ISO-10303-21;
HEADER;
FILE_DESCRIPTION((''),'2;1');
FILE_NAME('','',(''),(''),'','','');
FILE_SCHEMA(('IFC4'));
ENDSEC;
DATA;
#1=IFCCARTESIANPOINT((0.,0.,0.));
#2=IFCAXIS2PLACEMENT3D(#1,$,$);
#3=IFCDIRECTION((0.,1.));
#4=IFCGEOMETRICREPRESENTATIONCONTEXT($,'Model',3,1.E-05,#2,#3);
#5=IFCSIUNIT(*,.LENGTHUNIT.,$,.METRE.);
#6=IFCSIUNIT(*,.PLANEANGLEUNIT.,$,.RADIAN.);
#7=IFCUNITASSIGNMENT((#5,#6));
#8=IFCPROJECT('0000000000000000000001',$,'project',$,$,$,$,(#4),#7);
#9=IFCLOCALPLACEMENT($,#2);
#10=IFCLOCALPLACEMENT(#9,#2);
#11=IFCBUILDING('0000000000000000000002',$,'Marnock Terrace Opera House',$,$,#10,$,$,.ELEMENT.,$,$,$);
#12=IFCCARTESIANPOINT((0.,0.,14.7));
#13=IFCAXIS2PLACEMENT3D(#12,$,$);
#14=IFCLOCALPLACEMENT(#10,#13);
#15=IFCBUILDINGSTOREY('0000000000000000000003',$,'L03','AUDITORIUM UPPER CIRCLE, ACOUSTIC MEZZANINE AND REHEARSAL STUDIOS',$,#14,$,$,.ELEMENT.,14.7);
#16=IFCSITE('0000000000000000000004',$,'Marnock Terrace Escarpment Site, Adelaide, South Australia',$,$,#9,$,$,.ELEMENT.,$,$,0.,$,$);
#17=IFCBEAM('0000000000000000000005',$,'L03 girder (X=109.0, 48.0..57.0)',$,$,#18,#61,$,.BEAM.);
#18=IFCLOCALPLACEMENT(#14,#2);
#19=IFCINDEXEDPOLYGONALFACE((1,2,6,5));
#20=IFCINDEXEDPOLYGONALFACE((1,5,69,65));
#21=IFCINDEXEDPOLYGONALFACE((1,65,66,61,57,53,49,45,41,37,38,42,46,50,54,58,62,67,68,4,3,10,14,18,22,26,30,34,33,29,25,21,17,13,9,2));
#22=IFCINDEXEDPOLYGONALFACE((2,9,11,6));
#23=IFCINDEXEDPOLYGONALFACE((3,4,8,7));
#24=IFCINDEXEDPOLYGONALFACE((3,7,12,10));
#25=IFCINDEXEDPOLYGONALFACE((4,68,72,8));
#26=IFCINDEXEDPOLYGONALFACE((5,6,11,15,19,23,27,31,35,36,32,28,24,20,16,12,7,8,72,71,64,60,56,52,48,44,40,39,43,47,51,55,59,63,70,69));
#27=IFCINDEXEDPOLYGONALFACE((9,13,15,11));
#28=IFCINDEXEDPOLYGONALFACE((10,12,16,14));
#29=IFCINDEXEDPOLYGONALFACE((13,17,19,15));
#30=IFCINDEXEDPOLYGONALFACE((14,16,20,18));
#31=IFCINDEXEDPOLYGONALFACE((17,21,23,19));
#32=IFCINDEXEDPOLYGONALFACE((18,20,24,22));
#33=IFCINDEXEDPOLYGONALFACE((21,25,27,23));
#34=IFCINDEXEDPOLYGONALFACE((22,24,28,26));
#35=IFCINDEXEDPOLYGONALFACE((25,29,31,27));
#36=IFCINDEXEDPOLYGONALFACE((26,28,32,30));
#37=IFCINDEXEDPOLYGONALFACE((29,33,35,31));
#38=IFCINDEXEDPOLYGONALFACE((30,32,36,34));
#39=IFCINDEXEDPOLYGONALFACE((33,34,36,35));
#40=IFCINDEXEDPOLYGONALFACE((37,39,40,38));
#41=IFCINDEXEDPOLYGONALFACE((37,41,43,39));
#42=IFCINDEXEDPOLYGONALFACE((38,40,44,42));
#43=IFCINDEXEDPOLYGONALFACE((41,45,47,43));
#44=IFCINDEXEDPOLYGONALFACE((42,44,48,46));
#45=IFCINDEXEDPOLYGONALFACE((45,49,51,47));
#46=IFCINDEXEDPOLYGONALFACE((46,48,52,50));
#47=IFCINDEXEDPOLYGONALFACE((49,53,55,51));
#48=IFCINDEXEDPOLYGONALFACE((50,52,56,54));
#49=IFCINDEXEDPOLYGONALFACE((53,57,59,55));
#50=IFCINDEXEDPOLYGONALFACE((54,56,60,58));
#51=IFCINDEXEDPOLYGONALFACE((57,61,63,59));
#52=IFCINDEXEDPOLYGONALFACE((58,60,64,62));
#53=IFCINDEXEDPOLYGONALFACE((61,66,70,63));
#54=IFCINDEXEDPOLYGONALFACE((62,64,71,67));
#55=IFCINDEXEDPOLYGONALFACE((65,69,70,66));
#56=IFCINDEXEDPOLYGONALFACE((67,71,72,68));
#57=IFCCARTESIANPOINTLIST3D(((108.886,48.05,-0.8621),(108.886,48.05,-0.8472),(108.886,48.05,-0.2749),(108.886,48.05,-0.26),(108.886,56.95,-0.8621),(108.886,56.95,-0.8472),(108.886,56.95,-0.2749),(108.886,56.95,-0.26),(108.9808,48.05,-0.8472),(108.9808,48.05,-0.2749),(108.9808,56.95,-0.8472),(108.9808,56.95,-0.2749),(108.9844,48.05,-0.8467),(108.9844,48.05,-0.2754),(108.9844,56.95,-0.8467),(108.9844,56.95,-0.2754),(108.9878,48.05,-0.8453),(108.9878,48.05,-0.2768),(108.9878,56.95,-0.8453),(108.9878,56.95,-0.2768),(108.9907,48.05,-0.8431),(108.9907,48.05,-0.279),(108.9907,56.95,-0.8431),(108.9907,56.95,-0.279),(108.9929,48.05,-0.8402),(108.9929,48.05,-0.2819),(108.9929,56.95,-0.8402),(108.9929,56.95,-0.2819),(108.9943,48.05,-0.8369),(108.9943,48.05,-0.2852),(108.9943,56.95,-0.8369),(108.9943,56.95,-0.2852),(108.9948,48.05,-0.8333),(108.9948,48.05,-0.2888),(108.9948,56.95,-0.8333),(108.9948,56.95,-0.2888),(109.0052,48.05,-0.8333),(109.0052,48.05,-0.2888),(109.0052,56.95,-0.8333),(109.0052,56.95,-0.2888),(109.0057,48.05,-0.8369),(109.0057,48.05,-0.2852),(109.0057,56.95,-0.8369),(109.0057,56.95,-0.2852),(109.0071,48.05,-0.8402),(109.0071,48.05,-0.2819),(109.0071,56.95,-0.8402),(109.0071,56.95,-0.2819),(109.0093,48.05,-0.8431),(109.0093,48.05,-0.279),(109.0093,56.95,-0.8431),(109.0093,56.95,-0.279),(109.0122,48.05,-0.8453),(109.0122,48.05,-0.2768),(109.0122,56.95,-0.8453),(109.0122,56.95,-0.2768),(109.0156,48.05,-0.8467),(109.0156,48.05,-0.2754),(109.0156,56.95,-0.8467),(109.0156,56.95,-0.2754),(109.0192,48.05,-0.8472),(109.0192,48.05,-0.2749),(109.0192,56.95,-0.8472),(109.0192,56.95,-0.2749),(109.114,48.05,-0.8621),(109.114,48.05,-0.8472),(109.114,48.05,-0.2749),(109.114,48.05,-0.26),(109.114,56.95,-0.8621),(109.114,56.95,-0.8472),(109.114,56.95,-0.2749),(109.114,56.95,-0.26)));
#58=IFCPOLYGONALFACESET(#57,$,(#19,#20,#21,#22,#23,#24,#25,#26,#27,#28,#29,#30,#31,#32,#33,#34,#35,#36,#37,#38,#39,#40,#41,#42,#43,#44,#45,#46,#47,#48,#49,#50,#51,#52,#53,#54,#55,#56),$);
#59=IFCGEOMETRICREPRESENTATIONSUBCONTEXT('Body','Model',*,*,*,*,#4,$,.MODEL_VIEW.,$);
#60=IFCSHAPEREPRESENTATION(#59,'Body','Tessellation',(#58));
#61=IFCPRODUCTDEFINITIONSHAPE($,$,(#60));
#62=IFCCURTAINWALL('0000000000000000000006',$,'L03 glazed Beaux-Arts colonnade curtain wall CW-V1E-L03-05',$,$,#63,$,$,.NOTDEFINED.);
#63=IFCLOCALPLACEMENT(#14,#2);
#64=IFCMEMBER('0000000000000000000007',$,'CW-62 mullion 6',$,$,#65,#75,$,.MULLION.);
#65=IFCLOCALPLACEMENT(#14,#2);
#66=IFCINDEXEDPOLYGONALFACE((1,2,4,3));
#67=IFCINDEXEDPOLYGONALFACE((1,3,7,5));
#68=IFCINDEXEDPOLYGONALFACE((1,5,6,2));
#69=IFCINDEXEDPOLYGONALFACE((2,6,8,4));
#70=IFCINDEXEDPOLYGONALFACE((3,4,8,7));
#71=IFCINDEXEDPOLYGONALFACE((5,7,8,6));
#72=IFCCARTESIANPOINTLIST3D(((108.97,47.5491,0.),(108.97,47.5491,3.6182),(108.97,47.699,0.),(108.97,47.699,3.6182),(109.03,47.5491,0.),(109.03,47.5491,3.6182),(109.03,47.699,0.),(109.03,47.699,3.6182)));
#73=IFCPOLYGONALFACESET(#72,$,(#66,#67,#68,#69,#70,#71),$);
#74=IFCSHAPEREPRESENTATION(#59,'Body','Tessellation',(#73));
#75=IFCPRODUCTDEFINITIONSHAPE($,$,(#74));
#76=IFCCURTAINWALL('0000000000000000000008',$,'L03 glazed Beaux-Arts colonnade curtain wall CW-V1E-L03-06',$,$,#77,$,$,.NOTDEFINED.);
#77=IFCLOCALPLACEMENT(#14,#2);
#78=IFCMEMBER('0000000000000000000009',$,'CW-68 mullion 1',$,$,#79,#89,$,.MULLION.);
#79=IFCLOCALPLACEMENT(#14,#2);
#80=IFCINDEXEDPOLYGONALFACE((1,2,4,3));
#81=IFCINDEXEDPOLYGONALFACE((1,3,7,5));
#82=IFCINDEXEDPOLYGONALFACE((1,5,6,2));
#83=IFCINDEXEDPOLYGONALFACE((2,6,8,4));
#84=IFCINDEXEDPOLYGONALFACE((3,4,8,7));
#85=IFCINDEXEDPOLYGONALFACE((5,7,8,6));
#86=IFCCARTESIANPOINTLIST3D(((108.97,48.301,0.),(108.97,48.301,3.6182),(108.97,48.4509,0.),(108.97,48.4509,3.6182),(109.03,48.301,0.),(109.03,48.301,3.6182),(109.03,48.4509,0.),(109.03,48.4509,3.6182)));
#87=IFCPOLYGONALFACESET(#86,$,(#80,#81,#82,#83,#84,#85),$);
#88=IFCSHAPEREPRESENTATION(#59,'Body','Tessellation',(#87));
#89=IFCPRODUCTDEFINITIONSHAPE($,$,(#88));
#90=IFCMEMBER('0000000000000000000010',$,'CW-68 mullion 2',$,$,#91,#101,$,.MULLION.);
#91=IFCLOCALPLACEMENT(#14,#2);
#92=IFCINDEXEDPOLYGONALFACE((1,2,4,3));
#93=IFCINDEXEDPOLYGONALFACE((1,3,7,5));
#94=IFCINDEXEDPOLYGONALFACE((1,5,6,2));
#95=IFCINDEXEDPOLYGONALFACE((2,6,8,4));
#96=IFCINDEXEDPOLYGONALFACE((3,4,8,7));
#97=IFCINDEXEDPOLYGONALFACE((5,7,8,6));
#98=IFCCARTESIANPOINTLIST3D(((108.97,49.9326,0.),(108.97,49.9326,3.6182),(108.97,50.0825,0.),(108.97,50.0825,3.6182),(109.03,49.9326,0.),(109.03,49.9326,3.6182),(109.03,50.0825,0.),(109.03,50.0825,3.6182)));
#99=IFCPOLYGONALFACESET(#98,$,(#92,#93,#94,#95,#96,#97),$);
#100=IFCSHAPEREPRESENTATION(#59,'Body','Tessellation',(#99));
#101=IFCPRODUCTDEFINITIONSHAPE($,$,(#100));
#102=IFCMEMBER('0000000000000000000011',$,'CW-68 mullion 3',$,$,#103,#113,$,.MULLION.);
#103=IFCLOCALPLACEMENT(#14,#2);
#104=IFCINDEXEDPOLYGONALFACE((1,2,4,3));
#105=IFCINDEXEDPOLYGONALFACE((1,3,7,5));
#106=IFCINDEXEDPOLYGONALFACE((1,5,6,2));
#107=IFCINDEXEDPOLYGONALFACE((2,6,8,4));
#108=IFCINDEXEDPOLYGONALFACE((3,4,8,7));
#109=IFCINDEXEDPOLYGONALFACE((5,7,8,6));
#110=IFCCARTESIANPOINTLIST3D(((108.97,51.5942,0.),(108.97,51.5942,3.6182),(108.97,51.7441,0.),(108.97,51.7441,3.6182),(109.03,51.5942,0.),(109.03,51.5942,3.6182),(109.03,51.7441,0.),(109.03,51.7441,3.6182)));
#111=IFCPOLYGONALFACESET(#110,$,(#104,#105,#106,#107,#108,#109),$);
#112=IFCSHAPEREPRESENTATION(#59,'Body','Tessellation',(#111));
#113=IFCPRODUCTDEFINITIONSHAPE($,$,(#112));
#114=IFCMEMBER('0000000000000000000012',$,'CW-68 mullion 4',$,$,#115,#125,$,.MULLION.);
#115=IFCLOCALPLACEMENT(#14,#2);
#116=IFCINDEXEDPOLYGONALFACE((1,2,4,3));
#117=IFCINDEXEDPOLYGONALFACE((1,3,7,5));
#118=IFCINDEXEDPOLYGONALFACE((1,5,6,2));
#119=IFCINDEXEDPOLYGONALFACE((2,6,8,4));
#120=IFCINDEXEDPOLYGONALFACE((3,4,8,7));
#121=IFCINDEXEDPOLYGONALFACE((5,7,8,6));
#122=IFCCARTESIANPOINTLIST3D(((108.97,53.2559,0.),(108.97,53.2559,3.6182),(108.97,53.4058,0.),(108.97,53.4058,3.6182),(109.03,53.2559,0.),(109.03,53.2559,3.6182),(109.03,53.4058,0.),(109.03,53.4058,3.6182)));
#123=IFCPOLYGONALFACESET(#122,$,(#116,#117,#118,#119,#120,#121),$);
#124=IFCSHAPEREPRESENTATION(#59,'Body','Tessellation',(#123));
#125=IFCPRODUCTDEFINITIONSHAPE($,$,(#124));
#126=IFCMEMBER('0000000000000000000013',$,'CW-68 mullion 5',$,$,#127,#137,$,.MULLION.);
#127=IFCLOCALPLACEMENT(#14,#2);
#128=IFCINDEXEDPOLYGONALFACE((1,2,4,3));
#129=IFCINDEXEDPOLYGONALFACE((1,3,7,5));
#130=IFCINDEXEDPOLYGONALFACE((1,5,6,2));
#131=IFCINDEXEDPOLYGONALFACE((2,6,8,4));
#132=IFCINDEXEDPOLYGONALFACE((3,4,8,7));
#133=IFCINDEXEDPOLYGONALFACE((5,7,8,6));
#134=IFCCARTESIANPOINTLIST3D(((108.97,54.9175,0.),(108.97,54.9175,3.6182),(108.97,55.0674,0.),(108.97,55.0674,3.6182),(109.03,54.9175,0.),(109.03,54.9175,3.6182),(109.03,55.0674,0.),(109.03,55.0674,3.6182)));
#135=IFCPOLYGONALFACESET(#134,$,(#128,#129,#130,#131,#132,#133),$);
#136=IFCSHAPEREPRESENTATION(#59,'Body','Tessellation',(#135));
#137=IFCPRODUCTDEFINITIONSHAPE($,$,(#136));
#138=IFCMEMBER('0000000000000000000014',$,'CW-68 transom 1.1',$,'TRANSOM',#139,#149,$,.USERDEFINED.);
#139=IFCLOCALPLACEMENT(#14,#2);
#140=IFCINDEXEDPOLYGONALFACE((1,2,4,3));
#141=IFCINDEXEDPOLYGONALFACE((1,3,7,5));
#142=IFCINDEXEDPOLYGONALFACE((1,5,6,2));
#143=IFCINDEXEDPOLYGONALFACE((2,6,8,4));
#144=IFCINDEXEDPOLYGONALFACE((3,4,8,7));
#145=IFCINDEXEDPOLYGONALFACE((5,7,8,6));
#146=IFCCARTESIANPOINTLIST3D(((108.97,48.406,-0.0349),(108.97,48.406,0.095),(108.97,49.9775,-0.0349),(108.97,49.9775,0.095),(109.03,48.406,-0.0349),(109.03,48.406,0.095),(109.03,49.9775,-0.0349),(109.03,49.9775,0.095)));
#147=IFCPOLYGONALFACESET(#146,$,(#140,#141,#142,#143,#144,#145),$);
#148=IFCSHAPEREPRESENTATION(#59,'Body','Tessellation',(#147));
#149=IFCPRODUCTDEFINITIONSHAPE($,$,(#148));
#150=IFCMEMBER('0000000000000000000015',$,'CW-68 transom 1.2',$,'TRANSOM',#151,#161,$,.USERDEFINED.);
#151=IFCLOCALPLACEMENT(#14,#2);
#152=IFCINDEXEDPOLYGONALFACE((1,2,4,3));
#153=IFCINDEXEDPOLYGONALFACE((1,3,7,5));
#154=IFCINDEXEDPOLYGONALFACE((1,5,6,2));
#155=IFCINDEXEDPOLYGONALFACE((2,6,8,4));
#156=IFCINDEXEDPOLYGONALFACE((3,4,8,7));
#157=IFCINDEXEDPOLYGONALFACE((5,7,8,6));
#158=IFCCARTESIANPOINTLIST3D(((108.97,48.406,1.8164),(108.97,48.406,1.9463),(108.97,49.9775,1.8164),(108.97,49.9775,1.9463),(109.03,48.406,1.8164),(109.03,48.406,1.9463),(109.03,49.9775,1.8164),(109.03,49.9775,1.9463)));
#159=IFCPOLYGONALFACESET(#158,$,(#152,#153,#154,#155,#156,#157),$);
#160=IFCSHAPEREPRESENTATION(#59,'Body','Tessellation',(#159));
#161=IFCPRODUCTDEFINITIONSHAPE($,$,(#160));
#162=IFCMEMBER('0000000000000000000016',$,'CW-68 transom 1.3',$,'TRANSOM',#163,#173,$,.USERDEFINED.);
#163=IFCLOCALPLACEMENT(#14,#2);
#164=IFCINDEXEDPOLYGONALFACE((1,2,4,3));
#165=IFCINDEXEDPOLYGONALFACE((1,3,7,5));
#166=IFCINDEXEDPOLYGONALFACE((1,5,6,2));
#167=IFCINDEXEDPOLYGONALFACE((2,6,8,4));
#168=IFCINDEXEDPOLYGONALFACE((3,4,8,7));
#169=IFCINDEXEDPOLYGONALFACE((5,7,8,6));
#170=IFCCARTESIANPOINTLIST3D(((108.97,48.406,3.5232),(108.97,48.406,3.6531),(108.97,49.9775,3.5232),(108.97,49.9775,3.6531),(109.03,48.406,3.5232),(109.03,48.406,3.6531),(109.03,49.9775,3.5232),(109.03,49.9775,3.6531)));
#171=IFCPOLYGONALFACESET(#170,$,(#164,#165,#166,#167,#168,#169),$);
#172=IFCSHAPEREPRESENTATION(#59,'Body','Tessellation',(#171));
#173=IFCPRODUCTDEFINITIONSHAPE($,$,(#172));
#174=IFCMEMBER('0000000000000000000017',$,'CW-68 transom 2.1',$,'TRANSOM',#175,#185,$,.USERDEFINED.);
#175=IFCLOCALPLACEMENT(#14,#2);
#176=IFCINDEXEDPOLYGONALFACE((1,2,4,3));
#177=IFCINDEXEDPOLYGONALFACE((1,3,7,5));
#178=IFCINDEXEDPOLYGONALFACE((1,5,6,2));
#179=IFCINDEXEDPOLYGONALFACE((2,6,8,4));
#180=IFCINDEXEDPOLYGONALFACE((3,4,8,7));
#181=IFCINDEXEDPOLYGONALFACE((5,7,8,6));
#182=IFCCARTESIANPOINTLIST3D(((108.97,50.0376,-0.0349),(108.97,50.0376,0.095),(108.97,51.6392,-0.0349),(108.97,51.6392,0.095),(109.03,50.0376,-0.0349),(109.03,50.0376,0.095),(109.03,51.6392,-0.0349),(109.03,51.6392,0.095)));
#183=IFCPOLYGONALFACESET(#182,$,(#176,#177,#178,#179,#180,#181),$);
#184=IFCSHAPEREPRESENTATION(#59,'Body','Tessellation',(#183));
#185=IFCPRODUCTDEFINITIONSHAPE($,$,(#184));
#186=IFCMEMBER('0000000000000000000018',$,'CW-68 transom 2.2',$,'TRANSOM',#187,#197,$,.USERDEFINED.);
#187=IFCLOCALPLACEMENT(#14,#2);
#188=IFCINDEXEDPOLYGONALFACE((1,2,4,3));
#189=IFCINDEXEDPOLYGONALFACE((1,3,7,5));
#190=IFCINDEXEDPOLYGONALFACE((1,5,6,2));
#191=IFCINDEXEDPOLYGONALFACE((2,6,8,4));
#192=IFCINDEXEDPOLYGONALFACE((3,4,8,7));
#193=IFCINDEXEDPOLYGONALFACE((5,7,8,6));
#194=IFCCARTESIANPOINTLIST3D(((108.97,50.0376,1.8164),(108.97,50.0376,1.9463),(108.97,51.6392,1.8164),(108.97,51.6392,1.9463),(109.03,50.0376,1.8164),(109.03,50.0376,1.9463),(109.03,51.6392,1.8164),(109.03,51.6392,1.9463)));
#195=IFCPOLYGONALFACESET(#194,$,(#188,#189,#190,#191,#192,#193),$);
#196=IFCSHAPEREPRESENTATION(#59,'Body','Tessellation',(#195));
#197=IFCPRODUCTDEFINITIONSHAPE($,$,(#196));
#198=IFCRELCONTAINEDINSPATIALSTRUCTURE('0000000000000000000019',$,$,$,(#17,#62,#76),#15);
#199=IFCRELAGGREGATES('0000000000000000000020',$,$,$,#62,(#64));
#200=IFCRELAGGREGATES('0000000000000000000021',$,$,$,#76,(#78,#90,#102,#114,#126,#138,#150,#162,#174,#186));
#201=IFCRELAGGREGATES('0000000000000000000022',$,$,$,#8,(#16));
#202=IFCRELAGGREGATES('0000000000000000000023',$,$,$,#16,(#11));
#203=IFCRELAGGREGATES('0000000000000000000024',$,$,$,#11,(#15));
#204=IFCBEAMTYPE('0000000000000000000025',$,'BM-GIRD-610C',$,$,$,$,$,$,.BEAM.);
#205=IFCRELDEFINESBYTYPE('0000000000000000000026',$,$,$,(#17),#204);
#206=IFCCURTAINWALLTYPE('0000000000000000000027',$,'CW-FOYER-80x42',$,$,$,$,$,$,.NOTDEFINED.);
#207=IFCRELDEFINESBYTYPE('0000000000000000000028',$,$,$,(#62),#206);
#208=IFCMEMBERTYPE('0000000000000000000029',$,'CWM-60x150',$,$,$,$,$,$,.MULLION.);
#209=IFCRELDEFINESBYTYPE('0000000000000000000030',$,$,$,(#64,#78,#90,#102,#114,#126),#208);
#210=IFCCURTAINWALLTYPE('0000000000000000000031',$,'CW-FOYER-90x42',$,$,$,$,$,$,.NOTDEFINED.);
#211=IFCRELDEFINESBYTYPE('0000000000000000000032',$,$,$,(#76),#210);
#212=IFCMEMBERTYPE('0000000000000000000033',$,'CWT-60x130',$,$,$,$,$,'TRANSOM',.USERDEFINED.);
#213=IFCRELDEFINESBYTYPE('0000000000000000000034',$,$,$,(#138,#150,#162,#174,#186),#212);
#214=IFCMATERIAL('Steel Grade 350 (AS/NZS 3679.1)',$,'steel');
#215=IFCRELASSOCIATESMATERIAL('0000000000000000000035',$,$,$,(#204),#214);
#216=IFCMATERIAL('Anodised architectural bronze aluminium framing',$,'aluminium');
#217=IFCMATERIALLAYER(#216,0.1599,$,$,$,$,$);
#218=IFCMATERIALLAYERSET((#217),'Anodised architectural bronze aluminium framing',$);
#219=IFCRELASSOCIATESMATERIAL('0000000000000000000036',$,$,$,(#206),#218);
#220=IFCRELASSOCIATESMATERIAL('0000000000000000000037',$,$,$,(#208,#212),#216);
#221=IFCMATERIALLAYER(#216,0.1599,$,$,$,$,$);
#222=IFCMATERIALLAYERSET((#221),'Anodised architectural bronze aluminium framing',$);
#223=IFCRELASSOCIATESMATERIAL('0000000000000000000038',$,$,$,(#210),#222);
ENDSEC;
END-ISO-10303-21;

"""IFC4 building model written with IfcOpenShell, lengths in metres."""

from ifc_helpers import new_model, si_unit, direction, frame, origin, origin_2d, place, context, subcontext, project, spatial, rectangle, i_section, extrude, material, layer, layer_set, material_profile, profile_set, type_object, element, aggregate, save


model = new_model("IFC4")

# Units and contexts
model_context = context("Model", 3, precision=1e-05, world=origin(), true_north=direction((0.0, 1.0)))
body_context = subcontext(model_context, "Body", "Model", "MODEL_VIEW")
ifc_project = project(units=[si_unit("LENGTHUNIT", "METRE"), si_unit("PLANEANGLEUNIT", "RADIAN")], contexts=[model_context])

# Site, building, storey
site_placement = place(None, origin())
site = spatial("IfcSite", under=ifc_project, at=site_placement, Name="Marnock Terrace Escarpment Site, Adelaide, South Australia", CompositionType="ELEMENT", RefElevation=0.0)
building_placement = place(site_placement, origin())
building = spatial("IfcBuilding", under=site, at=building_placement, Name="Marnock Terrace Opera House", CompositionType="ELEMENT")
storey_placement = place(building_placement, frame((0.0, 0.0, 14.7)))
storey = spatial("IfcBuildingStorey", under=building, at=storey_placement, Name="L03", Description="AUDITORIUM UPPER CIRCLE, ACOUSTIC MEZZANINE AND REHEARSAL STUDIOS", CompositionType="ELEMENT", Elevation=14.7)

# Beam
ifc_material_1 = material(Name="Steel Grade 350 (AS/NZS 3679.1)", Category="steel")
ifc_material_profile_1 = material_profile(ifc_material_1, i_section(OverallWidth=0.228, OverallDepth=0.6021, WebThickness=0.0105, FlangeThickness=0.0149, FilletRadius=0.0139, at=origin_2d()))
ifc_profile_set_1 = profile_set([ifc_material_profile_1], Name="Steel Grade 350 (AS/NZS 3679.1)")
beam_type = type_object("IfcBeamType", Name="BM-GIRD-610C", PredefinedType="BEAM", material=ifc_profile_set_1)
beam_placement = place(storey_placement, frame((109.0, 48.05, -0.561), z_axis=(0.0, 1.0, 0.0), x_axis=(-1.0, 0.0, 0.0)))
element("IfcBeam", 1, at=beam_placement, inside=storey, type_object=beam_type, Name="L03 girder (X=109.0, 48.0..57.0)", PredefinedType="BEAM", context=body_context, shape_type="SweptSolid", body=[
    extrude(i_section(OverallWidth=0.228, OverallDepth=0.6021, WebThickness=0.0105, FlangeThickness=0.0149, FilletRadius=0.0139, at=origin_2d()), origin(), (0.0, 0.0, 1.0), 8.8999),
])

# Curtain wall, member
ifc_material_2 = material(Name="Anodised architectural bronze aluminium framing", Category="aluminium")
ifc_layer_1 = layer(ifc_material_2, 0.1599)
ifc_layer_set_1 = layer_set([ifc_layer_1], Name="Anodised architectural bronze aluminium framing")
curtain_wall_type_1 = type_object("IfcCurtainWallType", Name="CW-FOYER-80x42", PredefinedType="NOTDEFINED", material=ifc_layer_set_1)
curtain_wall_1_placement = place(storey_placement, origin())
curtain_wall_1 = element("IfcCurtainWall", 2, at=curtain_wall_1_placement, inside=storey, type_object=curtain_wall_type_1, Name="L03 glazed Beaux-Arts colonnade curtain wall CW-V1E-L03-05", PredefinedType="NOTDEFINED")
ifc_material_profile_2 = material_profile(ifc_material_2, rectangle(XDim=0.0601, YDim=0.1499, at=origin_2d()))
ifc_profile_set_2 = profile_set([ifc_material_profile_2], Name="Anodised architectural bronze aluminium framing")
member_type_1 = type_object("IfcMemberType", Name="CWM-60x150", PredefinedType="MULLION", material=ifc_profile_set_2)
member_1_placement = place(storey_placement, frame((109.0, 47.624, 0.0), z_axis=(0.0, 0.0, 1.0), x_axis=(-1.0, 0.0, 0.0)))
member_1 = element("IfcMember", 3, at=member_1_placement, type_object=member_type_1, Name="CW-62 mullion 6", PredefinedType="MULLION", context=body_context, shape_type="SweptSolid", body=[
    extrude(rectangle(XDim=0.0601, YDim=0.1499, at=origin_2d()), origin(), (0.0, 0.0, 1.0), 3.6182),
])
aggregate(curtain_wall_1, [member_1])

# Curtain wall, members
ifc_layer_2 = layer(ifc_material_2, 0.1599)
ifc_layer_set_2 = layer_set([ifc_layer_2], Name="Anodised architectural bronze aluminium framing")
curtain_wall_type_2 = type_object("IfcCurtainWallType", Name="CW-FOYER-90x42", PredefinedType="NOTDEFINED", material=ifc_layer_set_2)
curtain_wall_2_placement = place(storey_placement, origin())
curtain_wall_2 = element("IfcCurtainWall", 4, at=curtain_wall_2_placement, inside=storey, type_object=curtain_wall_type_2, Name="L03 glazed Beaux-Arts colonnade curtain wall CW-V1E-L03-06", PredefinedType="NOTDEFINED")
member_2_placement = place(storey_placement, frame((109.0, 48.376, 0.0), z_axis=(0.0, 0.0, 1.0), x_axis=(-1.0, 0.0, 0.0)))
member_2 = element("IfcMember", 5, at=member_2_placement, type_object=member_type_1, Name="CW-68 mullion 1", PredefinedType="MULLION", context=body_context, shape_type="SweptSolid", body=[
    extrude(rectangle(XDim=0.0601, YDim=0.1499, at=origin_2d()), origin(), (0.0, 0.0, 1.0), 3.6182),
])
member_3_placement = place(storey_placement, frame((109.0, 50.0076, 0.0), z_axis=(0.0, 0.0, 1.0), x_axis=(-1.0, 0.0, 0.0)))
member_3 = element("IfcMember", 6, at=member_3_placement, type_object=member_type_1, Name="CW-68 mullion 2", PredefinedType="MULLION", context=body_context, shape_type="SweptSolid", body=[
    extrude(rectangle(XDim=0.0601, YDim=0.1499, at=origin_2d()), origin(), (0.0, 0.0, 1.0), 3.6182),
])
member_4_placement = place(storey_placement, frame((109.0, 51.6692, 0.0), z_axis=(0.0, 0.0, 1.0), x_axis=(-1.0, 0.0, 0.0)))
member_4 = element("IfcMember", 7, at=member_4_placement, type_object=member_type_1, Name="CW-68 mullion 3", PredefinedType="MULLION", context=body_context, shape_type="SweptSolid", body=[
    extrude(rectangle(XDim=0.0601, YDim=0.1499, at=origin_2d()), origin(), (0.0, 0.0, 1.0), 3.6182),
])
member_5_placement = place(storey_placement, frame((109.0, 53.3308, 0.0), z_axis=(0.0, 0.0, 1.0), x_axis=(-1.0, 0.0, 0.0)))
member_5 = element("IfcMember", 8, at=member_5_placement, type_object=member_type_1, Name="CW-68 mullion 4", PredefinedType="MULLION", context=body_context, shape_type="SweptSolid", body=[
    extrude(rectangle(XDim=0.0601, YDim=0.1499, at=origin_2d()), origin(), (0.0, 0.0, 1.0), 3.6182),
])
member_6_placement = place(storey_placement, frame((109.0, 54.9924, 0.0), z_axis=(0.0, 0.0, 1.0), x_axis=(-1.0, 0.0, 0.0)))
member_6 = element("IfcMember", 9, at=member_6_placement, type_object=member_type_1, Name="CW-68 mullion 5", PredefinedType="MULLION", context=body_context, shape_type="SweptSolid", body=[
    extrude(rectangle(XDim=0.0601, YDim=0.1499, at=origin_2d()), origin(), (0.0, 0.0, 1.0), 3.6182),
])
ifc_material_profile_3 = material_profile(ifc_material_2, rectangle(XDim=0.0601, YDim=0.1299, at=origin_2d()))
ifc_profile_set_3 = profile_set([ifc_material_profile_3], Name="Anodised architectural bronze aluminium framing")
member_type_2 = type_object("IfcMemberType", Name="CWT-60x130", ElementType="TRANSOM", PredefinedType="USERDEFINED", material=ifc_profile_set_3)
member_7_placement = place(storey_placement, frame((109.0, 48.406, 0.03), z_axis=(0.0, 1.0, 0.0), x_axis=(-1.0, 0.0, 0.0)))
member_7 = element("IfcMember", 10, at=member_7_placement, type_object=member_type_2, Name="CW-68 transom 1.1", ObjectType="TRANSOM", PredefinedType="USERDEFINED", context=body_context, shape_type="SweptSolid", body=[
    extrude(rectangle(XDim=0.0601, YDim=0.1299, at=origin_2d()), origin(), (0.0, 0.0, 1.0), 1.5715),
])
member_8_placement = place(storey_placement, frame((109.0, 48.406, 1.8813), z_axis=(0.0, 1.0, 0.0), x_axis=(-1.0, 0.0, 0.0)))
member_8 = element("IfcMember", 11, at=member_8_placement, type_object=member_type_2, Name="CW-68 transom 1.2", ObjectType="TRANSOM", PredefinedType="USERDEFINED", context=body_context, shape_type="SweptSolid", body=[
    extrude(rectangle(XDim=0.0601, YDim=0.1299, at=origin_2d()), origin(), (0.0, 0.0, 1.0), 1.5715),
])
member_9_placement = place(storey_placement, frame((109.0, 48.406, 3.5881), z_axis=(0.0, 1.0, 0.0), x_axis=(-1.0, 0.0, 0.0)))
member_9 = element("IfcMember", 12, at=member_9_placement, type_object=member_type_2, Name="CW-68 transom 1.3", ObjectType="TRANSOM", PredefinedType="USERDEFINED", context=body_context, shape_type="SweptSolid", body=[
    extrude(rectangle(XDim=0.0601, YDim=0.1299, at=origin_2d()), origin(), (0.0, 0.0, 1.0), 1.5715),
])
member_10_placement = place(storey_placement, frame((109.0, 50.0376, 0.03), z_axis=(0.0, 1.0, 0.0), x_axis=(-1.0, 0.0, 0.0)))
member_10 = element("IfcMember", 13, at=member_10_placement, type_object=member_type_2, Name="CW-68 transom 2.1", ObjectType="TRANSOM", PredefinedType="USERDEFINED", context=body_context, shape_type="SweptSolid", body=[
    extrude(rectangle(XDim=0.0601, YDim=0.1299, at=origin_2d()), origin(), (0.0, 0.0, 1.0), 1.6016),
])
member_11_placement = place(storey_placement, frame((109.0, 50.0376, 1.8813), z_axis=(0.0, 1.0, 0.0), x_axis=(-1.0, 0.0, 0.0)))
member_11 = element("IfcMember", 14, at=member_11_placement, type_object=member_type_2, Name="CW-68 transom 2.2", ObjectType="TRANSOM", PredefinedType="USERDEFINED", context=body_context, shape_type="SweptSolid", body=[
    extrude(rectangle(XDim=0.0601, YDim=0.1299, at=origin_2d()), origin(), (0.0, 0.0, 1.0), 1.6016),
])
aggregate(curtain_wall_2, [member_2, member_3, member_4, member_5, member_6, member_7, member_8, member_9, member_10, member_11])

save(model, "model.ifc")
